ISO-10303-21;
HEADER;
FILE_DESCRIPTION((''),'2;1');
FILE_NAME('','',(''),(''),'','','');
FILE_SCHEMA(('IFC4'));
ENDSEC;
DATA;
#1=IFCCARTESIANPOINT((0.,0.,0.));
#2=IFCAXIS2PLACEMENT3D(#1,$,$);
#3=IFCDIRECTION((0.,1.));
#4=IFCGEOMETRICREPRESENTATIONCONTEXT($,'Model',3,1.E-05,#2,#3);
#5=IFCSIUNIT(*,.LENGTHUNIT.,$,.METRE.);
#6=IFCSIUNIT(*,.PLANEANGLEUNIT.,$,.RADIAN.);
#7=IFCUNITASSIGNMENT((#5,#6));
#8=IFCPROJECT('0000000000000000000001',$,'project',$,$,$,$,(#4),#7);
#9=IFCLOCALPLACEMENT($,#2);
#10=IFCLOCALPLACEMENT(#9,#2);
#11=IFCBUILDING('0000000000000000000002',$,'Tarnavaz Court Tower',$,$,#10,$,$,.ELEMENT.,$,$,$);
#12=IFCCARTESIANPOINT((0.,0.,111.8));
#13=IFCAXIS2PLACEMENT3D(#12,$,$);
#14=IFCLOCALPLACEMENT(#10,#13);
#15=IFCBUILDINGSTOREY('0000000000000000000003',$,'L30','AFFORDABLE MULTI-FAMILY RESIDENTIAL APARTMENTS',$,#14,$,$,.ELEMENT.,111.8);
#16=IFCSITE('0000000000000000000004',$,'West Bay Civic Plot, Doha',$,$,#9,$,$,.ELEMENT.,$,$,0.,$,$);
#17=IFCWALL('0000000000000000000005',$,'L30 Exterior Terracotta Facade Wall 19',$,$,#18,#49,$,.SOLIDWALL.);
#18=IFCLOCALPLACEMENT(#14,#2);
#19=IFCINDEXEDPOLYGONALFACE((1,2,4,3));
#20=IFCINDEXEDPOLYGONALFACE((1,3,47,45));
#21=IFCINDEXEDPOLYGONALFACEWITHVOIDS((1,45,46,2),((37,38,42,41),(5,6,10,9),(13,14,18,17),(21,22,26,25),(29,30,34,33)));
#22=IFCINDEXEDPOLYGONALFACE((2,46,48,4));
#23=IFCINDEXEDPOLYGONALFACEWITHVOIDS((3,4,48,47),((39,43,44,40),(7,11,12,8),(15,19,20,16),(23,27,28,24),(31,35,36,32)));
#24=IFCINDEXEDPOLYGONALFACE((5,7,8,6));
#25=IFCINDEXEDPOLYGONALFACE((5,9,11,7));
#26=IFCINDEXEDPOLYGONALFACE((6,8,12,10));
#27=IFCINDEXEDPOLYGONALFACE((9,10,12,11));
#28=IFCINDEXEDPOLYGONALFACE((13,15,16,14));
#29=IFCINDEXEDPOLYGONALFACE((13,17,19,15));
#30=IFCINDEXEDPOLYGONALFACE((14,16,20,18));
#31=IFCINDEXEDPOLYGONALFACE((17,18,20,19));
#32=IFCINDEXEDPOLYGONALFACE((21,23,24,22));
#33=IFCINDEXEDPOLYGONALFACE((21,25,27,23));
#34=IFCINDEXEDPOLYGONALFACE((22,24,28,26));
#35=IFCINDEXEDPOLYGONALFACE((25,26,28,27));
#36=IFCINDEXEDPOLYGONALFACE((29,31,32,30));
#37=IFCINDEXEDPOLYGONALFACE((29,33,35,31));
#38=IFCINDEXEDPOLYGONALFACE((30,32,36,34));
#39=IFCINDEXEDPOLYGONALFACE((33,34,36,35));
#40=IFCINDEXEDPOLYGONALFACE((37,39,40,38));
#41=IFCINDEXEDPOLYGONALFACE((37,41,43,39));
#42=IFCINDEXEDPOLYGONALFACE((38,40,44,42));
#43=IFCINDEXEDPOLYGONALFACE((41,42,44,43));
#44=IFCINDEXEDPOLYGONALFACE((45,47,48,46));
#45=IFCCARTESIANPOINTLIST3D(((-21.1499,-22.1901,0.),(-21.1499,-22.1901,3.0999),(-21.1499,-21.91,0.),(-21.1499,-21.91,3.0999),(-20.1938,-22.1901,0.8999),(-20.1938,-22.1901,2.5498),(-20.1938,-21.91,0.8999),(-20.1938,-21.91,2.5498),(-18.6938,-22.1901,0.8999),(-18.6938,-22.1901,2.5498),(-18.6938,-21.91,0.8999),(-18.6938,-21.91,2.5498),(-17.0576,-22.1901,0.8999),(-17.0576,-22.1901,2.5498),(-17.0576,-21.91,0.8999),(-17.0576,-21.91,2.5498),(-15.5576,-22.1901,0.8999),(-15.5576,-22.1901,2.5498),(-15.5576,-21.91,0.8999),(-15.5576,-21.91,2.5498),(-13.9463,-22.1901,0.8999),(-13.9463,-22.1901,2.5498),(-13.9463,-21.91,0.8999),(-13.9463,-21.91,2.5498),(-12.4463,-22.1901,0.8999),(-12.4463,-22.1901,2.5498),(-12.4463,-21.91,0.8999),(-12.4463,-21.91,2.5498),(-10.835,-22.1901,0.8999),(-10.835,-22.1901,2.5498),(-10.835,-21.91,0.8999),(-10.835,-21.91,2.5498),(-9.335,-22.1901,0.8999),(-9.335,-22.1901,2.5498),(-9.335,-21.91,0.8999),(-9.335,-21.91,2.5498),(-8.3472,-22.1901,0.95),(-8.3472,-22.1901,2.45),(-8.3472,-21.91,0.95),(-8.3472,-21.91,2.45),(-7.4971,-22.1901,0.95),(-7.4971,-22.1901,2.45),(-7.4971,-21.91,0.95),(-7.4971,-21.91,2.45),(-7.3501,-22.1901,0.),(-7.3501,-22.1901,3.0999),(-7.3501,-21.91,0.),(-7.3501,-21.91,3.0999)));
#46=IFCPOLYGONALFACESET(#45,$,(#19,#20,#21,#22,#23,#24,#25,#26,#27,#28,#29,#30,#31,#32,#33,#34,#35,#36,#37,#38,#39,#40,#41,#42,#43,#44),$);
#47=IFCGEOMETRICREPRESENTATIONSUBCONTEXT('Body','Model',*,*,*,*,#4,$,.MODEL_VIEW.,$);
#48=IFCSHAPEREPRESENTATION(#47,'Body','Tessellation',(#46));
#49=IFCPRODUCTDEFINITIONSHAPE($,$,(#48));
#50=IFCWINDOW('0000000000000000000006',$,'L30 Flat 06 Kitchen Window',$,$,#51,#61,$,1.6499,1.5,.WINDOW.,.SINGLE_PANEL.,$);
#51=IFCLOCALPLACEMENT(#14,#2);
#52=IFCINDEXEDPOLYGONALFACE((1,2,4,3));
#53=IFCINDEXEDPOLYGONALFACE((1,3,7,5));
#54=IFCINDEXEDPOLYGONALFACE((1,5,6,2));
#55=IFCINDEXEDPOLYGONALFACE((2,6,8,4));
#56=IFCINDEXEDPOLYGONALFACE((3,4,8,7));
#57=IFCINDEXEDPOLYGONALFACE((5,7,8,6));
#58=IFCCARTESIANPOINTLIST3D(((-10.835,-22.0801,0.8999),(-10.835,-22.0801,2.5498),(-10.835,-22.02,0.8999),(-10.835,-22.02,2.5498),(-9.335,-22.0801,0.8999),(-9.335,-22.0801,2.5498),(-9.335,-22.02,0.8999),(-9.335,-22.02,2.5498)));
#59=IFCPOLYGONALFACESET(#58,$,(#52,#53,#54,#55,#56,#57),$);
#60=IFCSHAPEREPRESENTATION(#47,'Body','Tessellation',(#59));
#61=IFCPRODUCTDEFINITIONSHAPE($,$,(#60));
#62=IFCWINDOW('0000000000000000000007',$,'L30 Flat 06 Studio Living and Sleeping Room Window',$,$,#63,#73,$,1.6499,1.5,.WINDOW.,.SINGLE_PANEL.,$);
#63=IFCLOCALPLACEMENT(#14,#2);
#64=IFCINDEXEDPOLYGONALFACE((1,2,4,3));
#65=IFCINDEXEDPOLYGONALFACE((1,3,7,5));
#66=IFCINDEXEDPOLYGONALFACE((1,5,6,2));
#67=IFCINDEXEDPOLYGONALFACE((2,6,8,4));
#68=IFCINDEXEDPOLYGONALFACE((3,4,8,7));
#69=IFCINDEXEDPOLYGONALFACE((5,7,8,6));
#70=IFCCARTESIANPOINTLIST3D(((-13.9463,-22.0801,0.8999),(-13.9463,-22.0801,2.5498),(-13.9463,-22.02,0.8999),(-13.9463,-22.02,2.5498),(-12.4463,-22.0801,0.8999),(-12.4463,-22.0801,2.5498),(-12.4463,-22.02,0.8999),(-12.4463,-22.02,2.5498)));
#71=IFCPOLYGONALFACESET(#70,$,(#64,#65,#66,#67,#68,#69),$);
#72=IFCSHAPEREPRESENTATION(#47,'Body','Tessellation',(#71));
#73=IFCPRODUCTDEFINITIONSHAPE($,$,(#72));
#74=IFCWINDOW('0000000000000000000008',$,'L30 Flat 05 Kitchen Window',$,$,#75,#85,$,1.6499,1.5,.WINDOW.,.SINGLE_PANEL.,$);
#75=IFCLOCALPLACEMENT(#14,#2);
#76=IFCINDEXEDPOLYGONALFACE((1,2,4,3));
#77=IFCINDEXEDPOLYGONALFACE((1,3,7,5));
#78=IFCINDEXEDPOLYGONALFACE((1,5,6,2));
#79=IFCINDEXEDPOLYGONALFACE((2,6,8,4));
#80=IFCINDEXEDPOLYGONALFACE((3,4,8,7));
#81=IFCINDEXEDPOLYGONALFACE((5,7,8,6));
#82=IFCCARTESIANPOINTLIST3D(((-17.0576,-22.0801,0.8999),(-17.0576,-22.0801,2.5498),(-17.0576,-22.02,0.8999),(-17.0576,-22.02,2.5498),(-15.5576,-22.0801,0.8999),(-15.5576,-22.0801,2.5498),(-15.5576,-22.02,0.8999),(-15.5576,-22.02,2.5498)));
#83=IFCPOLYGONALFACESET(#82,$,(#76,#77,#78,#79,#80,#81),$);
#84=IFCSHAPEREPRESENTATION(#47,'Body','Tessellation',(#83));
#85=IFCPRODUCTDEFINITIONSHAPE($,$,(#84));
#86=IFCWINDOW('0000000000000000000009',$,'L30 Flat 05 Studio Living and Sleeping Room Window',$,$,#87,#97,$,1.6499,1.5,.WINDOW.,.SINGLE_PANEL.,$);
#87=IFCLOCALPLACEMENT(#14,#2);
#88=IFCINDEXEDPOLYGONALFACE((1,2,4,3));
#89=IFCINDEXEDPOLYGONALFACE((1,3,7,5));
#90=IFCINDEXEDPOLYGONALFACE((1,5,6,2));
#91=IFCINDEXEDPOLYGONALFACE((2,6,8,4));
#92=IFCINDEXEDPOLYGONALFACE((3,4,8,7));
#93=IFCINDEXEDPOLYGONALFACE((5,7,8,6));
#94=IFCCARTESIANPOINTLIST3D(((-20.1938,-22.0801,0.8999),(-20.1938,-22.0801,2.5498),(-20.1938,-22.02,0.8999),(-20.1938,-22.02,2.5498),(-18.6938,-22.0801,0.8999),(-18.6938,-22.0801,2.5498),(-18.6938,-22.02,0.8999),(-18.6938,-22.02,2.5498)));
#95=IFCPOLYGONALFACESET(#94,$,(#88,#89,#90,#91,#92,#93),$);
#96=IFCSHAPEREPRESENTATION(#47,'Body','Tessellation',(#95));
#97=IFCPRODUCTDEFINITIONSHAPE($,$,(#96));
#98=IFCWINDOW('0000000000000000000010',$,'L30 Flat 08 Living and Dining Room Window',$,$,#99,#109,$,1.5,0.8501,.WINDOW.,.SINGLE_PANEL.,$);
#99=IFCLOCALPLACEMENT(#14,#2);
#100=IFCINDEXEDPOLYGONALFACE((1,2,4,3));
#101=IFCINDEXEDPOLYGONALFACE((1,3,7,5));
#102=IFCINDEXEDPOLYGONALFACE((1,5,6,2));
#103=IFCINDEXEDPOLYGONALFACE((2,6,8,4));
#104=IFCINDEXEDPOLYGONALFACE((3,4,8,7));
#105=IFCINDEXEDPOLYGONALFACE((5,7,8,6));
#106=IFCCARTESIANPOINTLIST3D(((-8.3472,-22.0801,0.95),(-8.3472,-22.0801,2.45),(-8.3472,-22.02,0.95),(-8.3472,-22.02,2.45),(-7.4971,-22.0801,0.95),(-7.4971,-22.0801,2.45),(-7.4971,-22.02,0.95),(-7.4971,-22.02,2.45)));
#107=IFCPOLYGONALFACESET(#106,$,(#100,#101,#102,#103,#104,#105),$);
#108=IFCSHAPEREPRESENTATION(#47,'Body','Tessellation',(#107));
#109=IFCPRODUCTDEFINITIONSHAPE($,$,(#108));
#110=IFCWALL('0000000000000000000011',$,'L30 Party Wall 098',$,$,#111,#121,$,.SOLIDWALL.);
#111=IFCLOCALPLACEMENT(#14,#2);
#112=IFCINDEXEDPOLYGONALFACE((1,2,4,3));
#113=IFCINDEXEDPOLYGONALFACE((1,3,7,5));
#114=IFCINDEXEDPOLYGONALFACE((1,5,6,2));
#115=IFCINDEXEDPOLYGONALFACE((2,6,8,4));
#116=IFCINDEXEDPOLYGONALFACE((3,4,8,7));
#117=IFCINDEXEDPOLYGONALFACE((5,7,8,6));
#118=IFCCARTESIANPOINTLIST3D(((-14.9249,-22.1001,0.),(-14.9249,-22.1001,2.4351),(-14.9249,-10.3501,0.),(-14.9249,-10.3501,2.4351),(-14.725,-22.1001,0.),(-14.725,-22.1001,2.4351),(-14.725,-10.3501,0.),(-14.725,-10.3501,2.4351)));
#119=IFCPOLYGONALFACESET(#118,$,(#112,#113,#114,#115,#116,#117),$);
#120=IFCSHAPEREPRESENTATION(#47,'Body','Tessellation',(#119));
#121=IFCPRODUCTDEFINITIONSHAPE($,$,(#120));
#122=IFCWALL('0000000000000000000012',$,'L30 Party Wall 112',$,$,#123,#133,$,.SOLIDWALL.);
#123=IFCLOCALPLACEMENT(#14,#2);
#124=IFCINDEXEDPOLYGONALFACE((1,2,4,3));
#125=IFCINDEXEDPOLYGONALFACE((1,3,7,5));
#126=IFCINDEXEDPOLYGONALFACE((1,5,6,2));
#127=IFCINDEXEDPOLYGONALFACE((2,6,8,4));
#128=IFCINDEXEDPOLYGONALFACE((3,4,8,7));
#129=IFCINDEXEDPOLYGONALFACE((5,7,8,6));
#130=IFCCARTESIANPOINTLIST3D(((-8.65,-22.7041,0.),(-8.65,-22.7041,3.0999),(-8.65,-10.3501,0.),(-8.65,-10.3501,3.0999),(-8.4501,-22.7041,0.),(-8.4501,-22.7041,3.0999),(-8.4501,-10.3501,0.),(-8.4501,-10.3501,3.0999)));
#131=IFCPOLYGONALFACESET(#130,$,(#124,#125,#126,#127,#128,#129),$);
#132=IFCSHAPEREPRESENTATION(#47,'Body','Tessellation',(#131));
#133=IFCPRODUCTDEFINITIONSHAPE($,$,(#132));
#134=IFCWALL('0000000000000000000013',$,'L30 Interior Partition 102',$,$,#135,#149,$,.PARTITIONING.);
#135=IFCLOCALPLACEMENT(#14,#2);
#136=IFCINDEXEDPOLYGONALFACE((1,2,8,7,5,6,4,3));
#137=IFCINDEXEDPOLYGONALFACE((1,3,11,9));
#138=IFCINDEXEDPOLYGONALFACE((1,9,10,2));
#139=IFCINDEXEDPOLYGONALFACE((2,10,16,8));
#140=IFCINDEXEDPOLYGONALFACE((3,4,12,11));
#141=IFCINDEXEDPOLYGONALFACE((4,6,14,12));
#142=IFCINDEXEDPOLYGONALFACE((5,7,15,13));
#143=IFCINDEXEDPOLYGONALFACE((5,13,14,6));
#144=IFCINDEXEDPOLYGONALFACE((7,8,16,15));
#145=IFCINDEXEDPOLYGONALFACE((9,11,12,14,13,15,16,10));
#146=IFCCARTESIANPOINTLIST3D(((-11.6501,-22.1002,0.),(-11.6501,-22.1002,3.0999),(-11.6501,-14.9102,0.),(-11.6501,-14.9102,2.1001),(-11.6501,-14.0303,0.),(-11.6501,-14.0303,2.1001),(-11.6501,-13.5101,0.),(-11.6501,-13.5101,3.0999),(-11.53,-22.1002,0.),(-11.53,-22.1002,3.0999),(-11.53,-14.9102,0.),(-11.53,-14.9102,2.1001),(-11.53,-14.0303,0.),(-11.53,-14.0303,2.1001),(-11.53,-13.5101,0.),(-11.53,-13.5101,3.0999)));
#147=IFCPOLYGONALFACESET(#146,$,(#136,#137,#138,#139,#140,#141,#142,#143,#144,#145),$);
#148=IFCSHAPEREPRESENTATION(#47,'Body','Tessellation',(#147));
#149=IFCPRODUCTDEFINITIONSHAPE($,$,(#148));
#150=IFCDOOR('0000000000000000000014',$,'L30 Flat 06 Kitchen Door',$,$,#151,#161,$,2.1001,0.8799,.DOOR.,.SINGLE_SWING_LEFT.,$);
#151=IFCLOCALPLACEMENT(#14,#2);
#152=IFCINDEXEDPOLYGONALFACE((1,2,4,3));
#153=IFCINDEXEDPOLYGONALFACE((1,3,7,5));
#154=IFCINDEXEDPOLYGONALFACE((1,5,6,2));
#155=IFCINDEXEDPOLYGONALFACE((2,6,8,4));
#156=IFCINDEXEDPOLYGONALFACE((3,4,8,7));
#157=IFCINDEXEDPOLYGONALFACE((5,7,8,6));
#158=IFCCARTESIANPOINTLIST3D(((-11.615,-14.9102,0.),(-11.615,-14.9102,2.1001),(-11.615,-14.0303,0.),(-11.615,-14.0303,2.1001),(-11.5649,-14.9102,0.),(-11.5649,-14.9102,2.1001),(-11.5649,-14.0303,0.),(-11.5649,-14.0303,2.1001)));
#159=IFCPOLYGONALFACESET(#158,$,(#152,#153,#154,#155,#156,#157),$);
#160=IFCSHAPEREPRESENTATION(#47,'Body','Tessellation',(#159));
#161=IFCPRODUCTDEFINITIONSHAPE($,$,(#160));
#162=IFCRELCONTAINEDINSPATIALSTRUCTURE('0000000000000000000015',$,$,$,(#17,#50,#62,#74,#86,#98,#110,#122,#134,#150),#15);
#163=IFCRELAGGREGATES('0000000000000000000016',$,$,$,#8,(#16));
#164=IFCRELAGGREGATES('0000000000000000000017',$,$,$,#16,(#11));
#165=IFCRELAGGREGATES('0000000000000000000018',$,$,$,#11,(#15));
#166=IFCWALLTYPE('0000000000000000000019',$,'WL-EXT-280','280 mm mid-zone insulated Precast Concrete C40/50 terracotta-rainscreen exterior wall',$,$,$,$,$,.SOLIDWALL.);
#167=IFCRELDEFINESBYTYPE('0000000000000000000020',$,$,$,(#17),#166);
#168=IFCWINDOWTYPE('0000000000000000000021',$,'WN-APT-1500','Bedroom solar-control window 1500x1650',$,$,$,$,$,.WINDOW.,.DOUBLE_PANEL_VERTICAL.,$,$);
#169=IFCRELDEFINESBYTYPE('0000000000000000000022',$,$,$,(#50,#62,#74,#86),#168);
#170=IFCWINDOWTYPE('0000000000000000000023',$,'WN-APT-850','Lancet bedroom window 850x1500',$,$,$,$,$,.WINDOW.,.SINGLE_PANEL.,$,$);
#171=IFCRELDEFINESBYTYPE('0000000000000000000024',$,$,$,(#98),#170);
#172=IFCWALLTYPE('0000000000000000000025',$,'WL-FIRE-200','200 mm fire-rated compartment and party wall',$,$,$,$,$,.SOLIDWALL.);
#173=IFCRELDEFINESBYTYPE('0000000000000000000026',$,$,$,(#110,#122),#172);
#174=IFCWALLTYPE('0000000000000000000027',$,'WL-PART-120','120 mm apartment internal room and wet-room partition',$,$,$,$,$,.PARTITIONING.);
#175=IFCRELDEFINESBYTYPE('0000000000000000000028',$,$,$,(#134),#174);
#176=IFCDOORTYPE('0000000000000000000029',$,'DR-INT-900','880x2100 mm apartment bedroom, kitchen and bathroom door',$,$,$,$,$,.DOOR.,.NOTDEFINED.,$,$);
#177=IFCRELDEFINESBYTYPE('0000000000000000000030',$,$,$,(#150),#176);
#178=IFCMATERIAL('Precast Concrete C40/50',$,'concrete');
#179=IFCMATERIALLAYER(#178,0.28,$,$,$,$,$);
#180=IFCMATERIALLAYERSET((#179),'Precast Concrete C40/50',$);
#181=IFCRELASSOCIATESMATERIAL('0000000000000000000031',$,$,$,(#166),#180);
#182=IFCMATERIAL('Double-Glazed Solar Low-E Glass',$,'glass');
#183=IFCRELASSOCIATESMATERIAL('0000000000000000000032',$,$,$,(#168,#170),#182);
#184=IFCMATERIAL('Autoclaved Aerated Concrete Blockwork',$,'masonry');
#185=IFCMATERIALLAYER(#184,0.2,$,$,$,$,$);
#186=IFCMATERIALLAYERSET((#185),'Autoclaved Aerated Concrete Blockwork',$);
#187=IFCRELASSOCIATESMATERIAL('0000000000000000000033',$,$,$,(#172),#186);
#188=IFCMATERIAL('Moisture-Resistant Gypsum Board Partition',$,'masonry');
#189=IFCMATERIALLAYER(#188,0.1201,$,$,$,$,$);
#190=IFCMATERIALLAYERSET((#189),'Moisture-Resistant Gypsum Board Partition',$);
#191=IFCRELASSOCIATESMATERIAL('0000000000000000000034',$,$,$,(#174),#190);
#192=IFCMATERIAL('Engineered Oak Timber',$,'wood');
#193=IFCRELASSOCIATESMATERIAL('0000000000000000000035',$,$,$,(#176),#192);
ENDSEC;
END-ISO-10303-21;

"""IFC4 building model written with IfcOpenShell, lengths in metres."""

from ifc_helpers import new_model, si_unit, direction, frame, frame_2d, origin, place, context, subcontext, project, spatial, rectangle, extrude, material, layer, layer_set, type_object, element, fill, save


model = new_model("IFC4")

# Units and contexts
model_context = context("Model", 3, precision=1e-05, world=origin(), true_north=direction((0.0, 1.0)))
body_context = subcontext(model_context, "Body", "Model", "MODEL_VIEW")
ifc_project = project(units=[si_unit("LENGTHUNIT", "METRE"), si_unit("PLANEANGLEUNIT", "RADIAN")], contexts=[model_context])

# Site, building, storey
site_placement = place(None, origin())
site = spatial("IfcSite", under=ifc_project, at=site_placement, Name="West Bay Civic Plot, Doha", CompositionType="ELEMENT", RefElevation=0.0)
building_placement = place(site_placement, origin())
building = spatial("IfcBuilding", under=site, at=building_placement, Name="Tarnavaz Court Tower", CompositionType="ELEMENT")
storey_placement = place(building_placement, frame((0.0, 0.0, 111.8)))
storey = spatial("IfcBuildingStorey", under=building, at=storey_placement, Name="L30", Description="AFFORDABLE MULTI-FAMILY RESIDENTIAL APARTMENTS", CompositionType="ELEMENT", Elevation=111.8)

# Shared definitions
ifc_material_1 = material(Name="Double-Glazed Solar Low-E Glass", Category="glass")

# Shared definitions
ifc_material_2 = material(Name="Precast Concrete C40/50", Category="concrete")
ifc_layer_1 = layer(ifc_material_2, 0.28)
ifc_layer_set_1 = layer_set([ifc_layer_1], Name="Precast Concrete C40/50")
wall_type_1 = type_object("IfcWallType", Name="WL-EXT-280", Description="280 mm mid-zone insulated Precast Concrete C40/50 terracotta-rainscreen exterior wall", PredefinedType="SOLIDWALL", material=ifc_layer_set_1)

# Wall, openings, windows
wall_1_placement = place(storey_placement, frame((-7.3501, -22.05, 0.0), z_axis=(0.0, 0.0, 1.0), x_axis=(-1.0, 0.0, 0.0)))
wall_1 = element("IfcWall", 1, at=wall_1_placement, inside=storey, type_object=wall_type_1, Name="L30 Exterior Terracotta Facade Wall 19", PredefinedType="SOLIDWALL", context=body_context, shape_type="SweptSolid", body=[
    extrude(rectangle(XDim=13.7998, YDim=0.28, at=frame_2d((6.8999, 0.0))), origin(), (0.0, 0.0, 1.0), 3.0999),
])
opening_1_placement = place(wall_1_placement, frame((0.147, 0.0, 0.95)))
opening_1 = element("IfcOpeningElement", 2, at=opening_1_placement, cuts=wall_1, PredefinedType="OPENING", context=body_context, shape_type="SweptSolid", body=[
    extrude(rectangle(XDim=0.8501, YDim=1.5, at=frame_2d((0.425, 0.75))), frame((0.0, 0.1499, 0.0), z_axis=(0.0, -1.0, 0.0), x_axis=(1.0, 0.0, 0.0)), (0.0, 0.0, 1.0), 0.3),
])
opening_2_placement = place(wall_1_placement, frame((1.9849, 0.0, 0.8999)))
opening_2 = element("IfcOpeningElement", 3, at=opening_2_placement, cuts=wall_1, PredefinedType="OPENING", context=body_context, shape_type="SweptSolid", body=[
    extrude(rectangle(XDim=1.5, YDim=1.6499, at=frame_2d((0.75, 0.825))), frame((0.0, 0.1499, 0.0), z_axis=(0.0, -1.0, 0.0), x_axis=(1.0, 0.0, 0.0)), (0.0, 0.0, 1.0), 0.3),
])
opening_3_placement = place(wall_1_placement, frame((5.0962, 0.0, 0.8999)))
opening_3 = element("IfcOpeningElement", 4, at=opening_3_placement, cuts=wall_1, PredefinedType="OPENING", context=body_context, shape_type="SweptSolid", body=[
    extrude(rectangle(XDim=1.5, YDim=1.6499, at=frame_2d((0.75, 0.825))), frame((0.0, 0.1499, 0.0), z_axis=(0.0, -1.0, 0.0), x_axis=(1.0, 0.0, 0.0)), (0.0, 0.0, 1.0), 0.3),
])
opening_4_placement = place(wall_1_placement, frame((8.2075, 0.0, 0.8999)))
opening_4 = element("IfcOpeningElement", 5, at=opening_4_placement, cuts=wall_1, PredefinedType="OPENING", context=body_context, shape_type="SweptSolid", body=[
    extrude(rectangle(XDim=1.5, YDim=1.6499, at=frame_2d((0.75, 0.825))), frame((0.0, 0.1499, 0.0), z_axis=(0.0, -1.0, 0.0), x_axis=(1.0, 0.0, 0.0)), (0.0, 0.0, 1.0), 0.3),
])
opening_5_placement = place(wall_1_placement, frame((11.3438, 0.0, 0.8999)))
opening_5 = element("IfcOpeningElement", 6, at=opening_5_placement, cuts=wall_1, PredefinedType="OPENING", context=body_context, shape_type="SweptSolid", body=[
    extrude(rectangle(XDim=1.5, YDim=1.6499, at=frame_2d((0.75, 0.825))), frame((0.0, 0.1499, 0.0), z_axis=(0.0, -1.0, 0.0), x_axis=(1.0, 0.0, 0.0)), (0.0, 0.0, 1.0), 0.3),
])
window_type_1 = type_object("IfcWindowType", Name="WN-APT-1500", Description="Bedroom solar-control window 1500x1650", PartitioningType="DOUBLE_PANEL_VERTICAL", PredefinedType="WINDOW", material=ifc_material_1)
window_1_placement = place(opening_2_placement, origin())
window_1 = element("IfcWindow", 7, at=window_1_placement, inside=storey, type_object=window_type_1, Name="L30 Flat 06 Kitchen Window", OverallHeight=1.6499, OverallWidth=1.5, PartitioningType="SINGLE_PANEL", PredefinedType="WINDOW", context=body_context, shape_type="SweptSolid", body=[
    extrude(rectangle(XDim=1.5, YDim=1.6499, at=frame_2d((0.75, 0.825))), frame((0.0, 0.03, 0.0), z_axis=(0.0, -1.0, 0.0), x_axis=(1.0, 0.0, 0.0)), (0.0, 0.0, 1.0), 0.0601),
])
fill(opening_2, window_1)
window_2_placement = place(opening_3_placement, origin())
window_2 = element("IfcWindow", 8, at=window_2_placement, inside=storey, type_object=window_type_1, Name="L30 Flat 06 Studio Living and Sleeping Room Window", OverallHeight=1.6499, OverallWidth=1.5, PartitioningType="SINGLE_PANEL", PredefinedType="WINDOW", context=body_context, shape_type="SweptSolid", body=[
    extrude(rectangle(XDim=1.5, YDim=1.6499, at=frame_2d((0.75, 0.825))), frame((0.0, 0.03, 0.0), z_axis=(0.0, -1.0, 0.0), x_axis=(1.0, 0.0, 0.0)), (0.0, 0.0, 1.0), 0.0601),
])
fill(opening_3, window_2)
window_3_placement = place(opening_4_placement, origin())
window_3 = element("IfcWindow", 9, at=window_3_placement, inside=storey, type_object=window_type_1, Name="L30 Flat 05 Kitchen Window", OverallHeight=1.6499, OverallWidth=1.5, PartitioningType="SINGLE_PANEL", PredefinedType="WINDOW", context=body_context, shape_type="SweptSolid", body=[
    extrude(rectangle(XDim=1.5, YDim=1.6499, at=frame_2d((0.75, 0.825))), frame((0.0, 0.03, 0.0), z_axis=(0.0, -1.0, 0.0), x_axis=(1.0, 0.0, 0.0)), (0.0, 0.0, 1.0), 0.0601),
])
fill(opening_4, window_3)
window_4_placement = place(opening_5_placement, origin())
window_4 = element("IfcWindow", 10, at=window_4_placement, inside=storey, type_object=window_type_1, Name="L30 Flat 05 Studio Living and Sleeping Room Window", OverallHeight=1.6499, OverallWidth=1.5, PartitioningType="SINGLE_PANEL", PredefinedType="WINDOW", context=body_context, shape_type="SweptSolid", body=[
    extrude(rectangle(XDim=1.5, YDim=1.6499, at=frame_2d((0.75, 0.825))), frame((0.0, 0.03, 0.0), z_axis=(0.0, -1.0, 0.0), x_axis=(1.0, 0.0, 0.0)), (0.0, 0.0, 1.0), 0.0601),
])
fill(opening_5, window_4)
window_type_2 = type_object("IfcWindowType", Name="WN-APT-850", Description="Lancet bedroom window 850x1500", PartitioningType="SINGLE_PANEL", PredefinedType="WINDOW", material=ifc_material_1)
window_5_placement = place(opening_1_placement, origin())
window_5 = element("IfcWindow", 11, at=window_5_placement, inside=storey, type_object=window_type_2, Name="L30 Flat 08 Living and Dining Room Window", OverallHeight=1.5, OverallWidth=0.8501, PartitioningType="SINGLE_PANEL", PredefinedType="WINDOW", context=body_context, shape_type="SweptSolid", body=[
    extrude(rectangle(XDim=0.8501, YDim=1.5, at=frame_2d((0.425, 0.75))), frame((0.0, 0.03, 0.0), z_axis=(0.0, -1.0, 0.0), x_axis=(1.0, 0.0, 0.0)), (0.0, 0.0, 1.0), 0.0601),
])
fill(opening_1, window_5)

# Walls
ifc_material_3 = material(Name="Autoclaved Aerated Concrete Blockwork", Category="masonry")
ifc_layer_2 = layer(ifc_material_3, 0.2)
ifc_layer_set_2 = layer_set([ifc_layer_2], Name="Autoclaved Aerated Concrete Blockwork")
wall_type_2 = type_object("IfcWallType", Name="WL-FIRE-200", Description="200 mm fire-rated compartment and party wall", PredefinedType="SOLIDWALL", material=ifc_layer_set_2)
wall_2_placement = place(storey_placement, frame((-14.825, -22.1001, 0.0), z_axis=(0.0, 0.0, 1.0), x_axis=(0.0, 1.0, 0.0)))
element("IfcWall", 12, at=wall_2_placement, inside=storey, type_object=wall_type_2, Name="L30 Party Wall 098", PredefinedType="SOLIDWALL", context=body_context, shape_type="SweptSolid", body=[
    extrude(rectangle(XDim=11.75, YDim=0.2, at=frame_2d((5.875, 0.0))), origin(), (0.0, 0.0, 1.0), 2.4351),
])
wall_3_placement = place(storey_placement, frame((-8.55, -22.7041, 0.0), z_axis=(0.0, 0.0, 1.0), x_axis=(0.0, 1.0, 0.0)))
element("IfcWall", 13, at=wall_3_placement, inside=storey, type_object=wall_type_2, Name="L30 Party Wall 112", PredefinedType="SOLIDWALL", context=body_context, shape_type="SweptSolid", body=[
    extrude(rectangle(XDim=12.354, YDim=0.2, at=frame_2d((6.177, 0.0))), origin(), (0.0, 0.0, 1.0), 3.0999),
])

# Wall, opening, door
ifc_material_4 = material(Name="Moisture-Resistant Gypsum Board Partition", Category="masonry")
ifc_layer_3 = layer(ifc_material_4, 0.1201)
ifc_layer_set_3 = layer_set([ifc_layer_3], Name="Moisture-Resistant Gypsum Board Partition")
wall_type_3 = type_object("IfcWallType", Name="WL-PART-120", Description="120 mm apartment internal room and wet-room partition", PredefinedType="PARTITIONING", material=ifc_layer_set_3)
wall_4_placement = place(storey_placement, frame((-11.5901, -22.1001, 0.0), z_axis=(0.0, 0.0, 1.0), x_axis=(0.0, 1.0, 0.0)))
wall_4 = element("IfcWall", 14, at=wall_4_placement, inside=storey, type_object=wall_type_3, Name="L30 Interior Partition 102", PredefinedType="PARTITIONING", context=body_context, shape_type="SweptSolid", body=[
    extrude(rectangle(XDim=8.5901, YDim=0.1201, at=frame_2d((4.2949, 0.0))), origin(), (0.0, 0.0, 1.0), 3.0999),
])
opening_6_placement = place(wall_4_placement, frame((7.1899, 0.0, 0.0)))
opening_6 = element("IfcOpeningElement", 15, at=opening_6_placement, cuts=wall_4, PredefinedType="OPENING", context=body_context, shape_type="SweptSolid", body=[
    extrude(rectangle(XDim=0.8799, YDim=2.1001, at=frame_2d((0.4399, 1.05))), frame((0.0, 0.0701, 0.0), z_axis=(0.0, -1.0, 0.0), x_axis=(1.0, 0.0, 0.0)), (0.0, 0.0, 1.0), 0.1401),
])
ifc_material_5 = material(Name="Engineered Oak Timber", Category="wood")
door_type_1 = type_object("IfcDoorType", Name="DR-INT-900", Description="880x2100 mm apartment bedroom, kitchen and bathroom door", OperationType="NOTDEFINED", PredefinedType="DOOR", material=ifc_material_5)
door_1_placement = place(opening_6_placement, origin())
door_1 = element("IfcDoor", 16, at=door_1_placement, inside=storey, type_object=door_type_1, Name="L30 Flat 06 Kitchen Door", OperationType="SINGLE_SWING_LEFT", OverallHeight=2.1001, OverallWidth=0.8799, PredefinedType="DOOR", context=body_context, shape_type="SweptSolid", body=[
    extrude(rectangle(XDim=0.8799, YDim=2.1001, at=frame_2d((0.4399, 1.05))), frame((0.0, 0.0249, 0.0), z_axis=(0.0, -1.0, 0.0), x_axis=(1.0, 0.0, 0.0)), (0.0, 0.0, 1.0), 0.05),
])
fill(opening_6, door_1)

save(model, "model.ifc")
